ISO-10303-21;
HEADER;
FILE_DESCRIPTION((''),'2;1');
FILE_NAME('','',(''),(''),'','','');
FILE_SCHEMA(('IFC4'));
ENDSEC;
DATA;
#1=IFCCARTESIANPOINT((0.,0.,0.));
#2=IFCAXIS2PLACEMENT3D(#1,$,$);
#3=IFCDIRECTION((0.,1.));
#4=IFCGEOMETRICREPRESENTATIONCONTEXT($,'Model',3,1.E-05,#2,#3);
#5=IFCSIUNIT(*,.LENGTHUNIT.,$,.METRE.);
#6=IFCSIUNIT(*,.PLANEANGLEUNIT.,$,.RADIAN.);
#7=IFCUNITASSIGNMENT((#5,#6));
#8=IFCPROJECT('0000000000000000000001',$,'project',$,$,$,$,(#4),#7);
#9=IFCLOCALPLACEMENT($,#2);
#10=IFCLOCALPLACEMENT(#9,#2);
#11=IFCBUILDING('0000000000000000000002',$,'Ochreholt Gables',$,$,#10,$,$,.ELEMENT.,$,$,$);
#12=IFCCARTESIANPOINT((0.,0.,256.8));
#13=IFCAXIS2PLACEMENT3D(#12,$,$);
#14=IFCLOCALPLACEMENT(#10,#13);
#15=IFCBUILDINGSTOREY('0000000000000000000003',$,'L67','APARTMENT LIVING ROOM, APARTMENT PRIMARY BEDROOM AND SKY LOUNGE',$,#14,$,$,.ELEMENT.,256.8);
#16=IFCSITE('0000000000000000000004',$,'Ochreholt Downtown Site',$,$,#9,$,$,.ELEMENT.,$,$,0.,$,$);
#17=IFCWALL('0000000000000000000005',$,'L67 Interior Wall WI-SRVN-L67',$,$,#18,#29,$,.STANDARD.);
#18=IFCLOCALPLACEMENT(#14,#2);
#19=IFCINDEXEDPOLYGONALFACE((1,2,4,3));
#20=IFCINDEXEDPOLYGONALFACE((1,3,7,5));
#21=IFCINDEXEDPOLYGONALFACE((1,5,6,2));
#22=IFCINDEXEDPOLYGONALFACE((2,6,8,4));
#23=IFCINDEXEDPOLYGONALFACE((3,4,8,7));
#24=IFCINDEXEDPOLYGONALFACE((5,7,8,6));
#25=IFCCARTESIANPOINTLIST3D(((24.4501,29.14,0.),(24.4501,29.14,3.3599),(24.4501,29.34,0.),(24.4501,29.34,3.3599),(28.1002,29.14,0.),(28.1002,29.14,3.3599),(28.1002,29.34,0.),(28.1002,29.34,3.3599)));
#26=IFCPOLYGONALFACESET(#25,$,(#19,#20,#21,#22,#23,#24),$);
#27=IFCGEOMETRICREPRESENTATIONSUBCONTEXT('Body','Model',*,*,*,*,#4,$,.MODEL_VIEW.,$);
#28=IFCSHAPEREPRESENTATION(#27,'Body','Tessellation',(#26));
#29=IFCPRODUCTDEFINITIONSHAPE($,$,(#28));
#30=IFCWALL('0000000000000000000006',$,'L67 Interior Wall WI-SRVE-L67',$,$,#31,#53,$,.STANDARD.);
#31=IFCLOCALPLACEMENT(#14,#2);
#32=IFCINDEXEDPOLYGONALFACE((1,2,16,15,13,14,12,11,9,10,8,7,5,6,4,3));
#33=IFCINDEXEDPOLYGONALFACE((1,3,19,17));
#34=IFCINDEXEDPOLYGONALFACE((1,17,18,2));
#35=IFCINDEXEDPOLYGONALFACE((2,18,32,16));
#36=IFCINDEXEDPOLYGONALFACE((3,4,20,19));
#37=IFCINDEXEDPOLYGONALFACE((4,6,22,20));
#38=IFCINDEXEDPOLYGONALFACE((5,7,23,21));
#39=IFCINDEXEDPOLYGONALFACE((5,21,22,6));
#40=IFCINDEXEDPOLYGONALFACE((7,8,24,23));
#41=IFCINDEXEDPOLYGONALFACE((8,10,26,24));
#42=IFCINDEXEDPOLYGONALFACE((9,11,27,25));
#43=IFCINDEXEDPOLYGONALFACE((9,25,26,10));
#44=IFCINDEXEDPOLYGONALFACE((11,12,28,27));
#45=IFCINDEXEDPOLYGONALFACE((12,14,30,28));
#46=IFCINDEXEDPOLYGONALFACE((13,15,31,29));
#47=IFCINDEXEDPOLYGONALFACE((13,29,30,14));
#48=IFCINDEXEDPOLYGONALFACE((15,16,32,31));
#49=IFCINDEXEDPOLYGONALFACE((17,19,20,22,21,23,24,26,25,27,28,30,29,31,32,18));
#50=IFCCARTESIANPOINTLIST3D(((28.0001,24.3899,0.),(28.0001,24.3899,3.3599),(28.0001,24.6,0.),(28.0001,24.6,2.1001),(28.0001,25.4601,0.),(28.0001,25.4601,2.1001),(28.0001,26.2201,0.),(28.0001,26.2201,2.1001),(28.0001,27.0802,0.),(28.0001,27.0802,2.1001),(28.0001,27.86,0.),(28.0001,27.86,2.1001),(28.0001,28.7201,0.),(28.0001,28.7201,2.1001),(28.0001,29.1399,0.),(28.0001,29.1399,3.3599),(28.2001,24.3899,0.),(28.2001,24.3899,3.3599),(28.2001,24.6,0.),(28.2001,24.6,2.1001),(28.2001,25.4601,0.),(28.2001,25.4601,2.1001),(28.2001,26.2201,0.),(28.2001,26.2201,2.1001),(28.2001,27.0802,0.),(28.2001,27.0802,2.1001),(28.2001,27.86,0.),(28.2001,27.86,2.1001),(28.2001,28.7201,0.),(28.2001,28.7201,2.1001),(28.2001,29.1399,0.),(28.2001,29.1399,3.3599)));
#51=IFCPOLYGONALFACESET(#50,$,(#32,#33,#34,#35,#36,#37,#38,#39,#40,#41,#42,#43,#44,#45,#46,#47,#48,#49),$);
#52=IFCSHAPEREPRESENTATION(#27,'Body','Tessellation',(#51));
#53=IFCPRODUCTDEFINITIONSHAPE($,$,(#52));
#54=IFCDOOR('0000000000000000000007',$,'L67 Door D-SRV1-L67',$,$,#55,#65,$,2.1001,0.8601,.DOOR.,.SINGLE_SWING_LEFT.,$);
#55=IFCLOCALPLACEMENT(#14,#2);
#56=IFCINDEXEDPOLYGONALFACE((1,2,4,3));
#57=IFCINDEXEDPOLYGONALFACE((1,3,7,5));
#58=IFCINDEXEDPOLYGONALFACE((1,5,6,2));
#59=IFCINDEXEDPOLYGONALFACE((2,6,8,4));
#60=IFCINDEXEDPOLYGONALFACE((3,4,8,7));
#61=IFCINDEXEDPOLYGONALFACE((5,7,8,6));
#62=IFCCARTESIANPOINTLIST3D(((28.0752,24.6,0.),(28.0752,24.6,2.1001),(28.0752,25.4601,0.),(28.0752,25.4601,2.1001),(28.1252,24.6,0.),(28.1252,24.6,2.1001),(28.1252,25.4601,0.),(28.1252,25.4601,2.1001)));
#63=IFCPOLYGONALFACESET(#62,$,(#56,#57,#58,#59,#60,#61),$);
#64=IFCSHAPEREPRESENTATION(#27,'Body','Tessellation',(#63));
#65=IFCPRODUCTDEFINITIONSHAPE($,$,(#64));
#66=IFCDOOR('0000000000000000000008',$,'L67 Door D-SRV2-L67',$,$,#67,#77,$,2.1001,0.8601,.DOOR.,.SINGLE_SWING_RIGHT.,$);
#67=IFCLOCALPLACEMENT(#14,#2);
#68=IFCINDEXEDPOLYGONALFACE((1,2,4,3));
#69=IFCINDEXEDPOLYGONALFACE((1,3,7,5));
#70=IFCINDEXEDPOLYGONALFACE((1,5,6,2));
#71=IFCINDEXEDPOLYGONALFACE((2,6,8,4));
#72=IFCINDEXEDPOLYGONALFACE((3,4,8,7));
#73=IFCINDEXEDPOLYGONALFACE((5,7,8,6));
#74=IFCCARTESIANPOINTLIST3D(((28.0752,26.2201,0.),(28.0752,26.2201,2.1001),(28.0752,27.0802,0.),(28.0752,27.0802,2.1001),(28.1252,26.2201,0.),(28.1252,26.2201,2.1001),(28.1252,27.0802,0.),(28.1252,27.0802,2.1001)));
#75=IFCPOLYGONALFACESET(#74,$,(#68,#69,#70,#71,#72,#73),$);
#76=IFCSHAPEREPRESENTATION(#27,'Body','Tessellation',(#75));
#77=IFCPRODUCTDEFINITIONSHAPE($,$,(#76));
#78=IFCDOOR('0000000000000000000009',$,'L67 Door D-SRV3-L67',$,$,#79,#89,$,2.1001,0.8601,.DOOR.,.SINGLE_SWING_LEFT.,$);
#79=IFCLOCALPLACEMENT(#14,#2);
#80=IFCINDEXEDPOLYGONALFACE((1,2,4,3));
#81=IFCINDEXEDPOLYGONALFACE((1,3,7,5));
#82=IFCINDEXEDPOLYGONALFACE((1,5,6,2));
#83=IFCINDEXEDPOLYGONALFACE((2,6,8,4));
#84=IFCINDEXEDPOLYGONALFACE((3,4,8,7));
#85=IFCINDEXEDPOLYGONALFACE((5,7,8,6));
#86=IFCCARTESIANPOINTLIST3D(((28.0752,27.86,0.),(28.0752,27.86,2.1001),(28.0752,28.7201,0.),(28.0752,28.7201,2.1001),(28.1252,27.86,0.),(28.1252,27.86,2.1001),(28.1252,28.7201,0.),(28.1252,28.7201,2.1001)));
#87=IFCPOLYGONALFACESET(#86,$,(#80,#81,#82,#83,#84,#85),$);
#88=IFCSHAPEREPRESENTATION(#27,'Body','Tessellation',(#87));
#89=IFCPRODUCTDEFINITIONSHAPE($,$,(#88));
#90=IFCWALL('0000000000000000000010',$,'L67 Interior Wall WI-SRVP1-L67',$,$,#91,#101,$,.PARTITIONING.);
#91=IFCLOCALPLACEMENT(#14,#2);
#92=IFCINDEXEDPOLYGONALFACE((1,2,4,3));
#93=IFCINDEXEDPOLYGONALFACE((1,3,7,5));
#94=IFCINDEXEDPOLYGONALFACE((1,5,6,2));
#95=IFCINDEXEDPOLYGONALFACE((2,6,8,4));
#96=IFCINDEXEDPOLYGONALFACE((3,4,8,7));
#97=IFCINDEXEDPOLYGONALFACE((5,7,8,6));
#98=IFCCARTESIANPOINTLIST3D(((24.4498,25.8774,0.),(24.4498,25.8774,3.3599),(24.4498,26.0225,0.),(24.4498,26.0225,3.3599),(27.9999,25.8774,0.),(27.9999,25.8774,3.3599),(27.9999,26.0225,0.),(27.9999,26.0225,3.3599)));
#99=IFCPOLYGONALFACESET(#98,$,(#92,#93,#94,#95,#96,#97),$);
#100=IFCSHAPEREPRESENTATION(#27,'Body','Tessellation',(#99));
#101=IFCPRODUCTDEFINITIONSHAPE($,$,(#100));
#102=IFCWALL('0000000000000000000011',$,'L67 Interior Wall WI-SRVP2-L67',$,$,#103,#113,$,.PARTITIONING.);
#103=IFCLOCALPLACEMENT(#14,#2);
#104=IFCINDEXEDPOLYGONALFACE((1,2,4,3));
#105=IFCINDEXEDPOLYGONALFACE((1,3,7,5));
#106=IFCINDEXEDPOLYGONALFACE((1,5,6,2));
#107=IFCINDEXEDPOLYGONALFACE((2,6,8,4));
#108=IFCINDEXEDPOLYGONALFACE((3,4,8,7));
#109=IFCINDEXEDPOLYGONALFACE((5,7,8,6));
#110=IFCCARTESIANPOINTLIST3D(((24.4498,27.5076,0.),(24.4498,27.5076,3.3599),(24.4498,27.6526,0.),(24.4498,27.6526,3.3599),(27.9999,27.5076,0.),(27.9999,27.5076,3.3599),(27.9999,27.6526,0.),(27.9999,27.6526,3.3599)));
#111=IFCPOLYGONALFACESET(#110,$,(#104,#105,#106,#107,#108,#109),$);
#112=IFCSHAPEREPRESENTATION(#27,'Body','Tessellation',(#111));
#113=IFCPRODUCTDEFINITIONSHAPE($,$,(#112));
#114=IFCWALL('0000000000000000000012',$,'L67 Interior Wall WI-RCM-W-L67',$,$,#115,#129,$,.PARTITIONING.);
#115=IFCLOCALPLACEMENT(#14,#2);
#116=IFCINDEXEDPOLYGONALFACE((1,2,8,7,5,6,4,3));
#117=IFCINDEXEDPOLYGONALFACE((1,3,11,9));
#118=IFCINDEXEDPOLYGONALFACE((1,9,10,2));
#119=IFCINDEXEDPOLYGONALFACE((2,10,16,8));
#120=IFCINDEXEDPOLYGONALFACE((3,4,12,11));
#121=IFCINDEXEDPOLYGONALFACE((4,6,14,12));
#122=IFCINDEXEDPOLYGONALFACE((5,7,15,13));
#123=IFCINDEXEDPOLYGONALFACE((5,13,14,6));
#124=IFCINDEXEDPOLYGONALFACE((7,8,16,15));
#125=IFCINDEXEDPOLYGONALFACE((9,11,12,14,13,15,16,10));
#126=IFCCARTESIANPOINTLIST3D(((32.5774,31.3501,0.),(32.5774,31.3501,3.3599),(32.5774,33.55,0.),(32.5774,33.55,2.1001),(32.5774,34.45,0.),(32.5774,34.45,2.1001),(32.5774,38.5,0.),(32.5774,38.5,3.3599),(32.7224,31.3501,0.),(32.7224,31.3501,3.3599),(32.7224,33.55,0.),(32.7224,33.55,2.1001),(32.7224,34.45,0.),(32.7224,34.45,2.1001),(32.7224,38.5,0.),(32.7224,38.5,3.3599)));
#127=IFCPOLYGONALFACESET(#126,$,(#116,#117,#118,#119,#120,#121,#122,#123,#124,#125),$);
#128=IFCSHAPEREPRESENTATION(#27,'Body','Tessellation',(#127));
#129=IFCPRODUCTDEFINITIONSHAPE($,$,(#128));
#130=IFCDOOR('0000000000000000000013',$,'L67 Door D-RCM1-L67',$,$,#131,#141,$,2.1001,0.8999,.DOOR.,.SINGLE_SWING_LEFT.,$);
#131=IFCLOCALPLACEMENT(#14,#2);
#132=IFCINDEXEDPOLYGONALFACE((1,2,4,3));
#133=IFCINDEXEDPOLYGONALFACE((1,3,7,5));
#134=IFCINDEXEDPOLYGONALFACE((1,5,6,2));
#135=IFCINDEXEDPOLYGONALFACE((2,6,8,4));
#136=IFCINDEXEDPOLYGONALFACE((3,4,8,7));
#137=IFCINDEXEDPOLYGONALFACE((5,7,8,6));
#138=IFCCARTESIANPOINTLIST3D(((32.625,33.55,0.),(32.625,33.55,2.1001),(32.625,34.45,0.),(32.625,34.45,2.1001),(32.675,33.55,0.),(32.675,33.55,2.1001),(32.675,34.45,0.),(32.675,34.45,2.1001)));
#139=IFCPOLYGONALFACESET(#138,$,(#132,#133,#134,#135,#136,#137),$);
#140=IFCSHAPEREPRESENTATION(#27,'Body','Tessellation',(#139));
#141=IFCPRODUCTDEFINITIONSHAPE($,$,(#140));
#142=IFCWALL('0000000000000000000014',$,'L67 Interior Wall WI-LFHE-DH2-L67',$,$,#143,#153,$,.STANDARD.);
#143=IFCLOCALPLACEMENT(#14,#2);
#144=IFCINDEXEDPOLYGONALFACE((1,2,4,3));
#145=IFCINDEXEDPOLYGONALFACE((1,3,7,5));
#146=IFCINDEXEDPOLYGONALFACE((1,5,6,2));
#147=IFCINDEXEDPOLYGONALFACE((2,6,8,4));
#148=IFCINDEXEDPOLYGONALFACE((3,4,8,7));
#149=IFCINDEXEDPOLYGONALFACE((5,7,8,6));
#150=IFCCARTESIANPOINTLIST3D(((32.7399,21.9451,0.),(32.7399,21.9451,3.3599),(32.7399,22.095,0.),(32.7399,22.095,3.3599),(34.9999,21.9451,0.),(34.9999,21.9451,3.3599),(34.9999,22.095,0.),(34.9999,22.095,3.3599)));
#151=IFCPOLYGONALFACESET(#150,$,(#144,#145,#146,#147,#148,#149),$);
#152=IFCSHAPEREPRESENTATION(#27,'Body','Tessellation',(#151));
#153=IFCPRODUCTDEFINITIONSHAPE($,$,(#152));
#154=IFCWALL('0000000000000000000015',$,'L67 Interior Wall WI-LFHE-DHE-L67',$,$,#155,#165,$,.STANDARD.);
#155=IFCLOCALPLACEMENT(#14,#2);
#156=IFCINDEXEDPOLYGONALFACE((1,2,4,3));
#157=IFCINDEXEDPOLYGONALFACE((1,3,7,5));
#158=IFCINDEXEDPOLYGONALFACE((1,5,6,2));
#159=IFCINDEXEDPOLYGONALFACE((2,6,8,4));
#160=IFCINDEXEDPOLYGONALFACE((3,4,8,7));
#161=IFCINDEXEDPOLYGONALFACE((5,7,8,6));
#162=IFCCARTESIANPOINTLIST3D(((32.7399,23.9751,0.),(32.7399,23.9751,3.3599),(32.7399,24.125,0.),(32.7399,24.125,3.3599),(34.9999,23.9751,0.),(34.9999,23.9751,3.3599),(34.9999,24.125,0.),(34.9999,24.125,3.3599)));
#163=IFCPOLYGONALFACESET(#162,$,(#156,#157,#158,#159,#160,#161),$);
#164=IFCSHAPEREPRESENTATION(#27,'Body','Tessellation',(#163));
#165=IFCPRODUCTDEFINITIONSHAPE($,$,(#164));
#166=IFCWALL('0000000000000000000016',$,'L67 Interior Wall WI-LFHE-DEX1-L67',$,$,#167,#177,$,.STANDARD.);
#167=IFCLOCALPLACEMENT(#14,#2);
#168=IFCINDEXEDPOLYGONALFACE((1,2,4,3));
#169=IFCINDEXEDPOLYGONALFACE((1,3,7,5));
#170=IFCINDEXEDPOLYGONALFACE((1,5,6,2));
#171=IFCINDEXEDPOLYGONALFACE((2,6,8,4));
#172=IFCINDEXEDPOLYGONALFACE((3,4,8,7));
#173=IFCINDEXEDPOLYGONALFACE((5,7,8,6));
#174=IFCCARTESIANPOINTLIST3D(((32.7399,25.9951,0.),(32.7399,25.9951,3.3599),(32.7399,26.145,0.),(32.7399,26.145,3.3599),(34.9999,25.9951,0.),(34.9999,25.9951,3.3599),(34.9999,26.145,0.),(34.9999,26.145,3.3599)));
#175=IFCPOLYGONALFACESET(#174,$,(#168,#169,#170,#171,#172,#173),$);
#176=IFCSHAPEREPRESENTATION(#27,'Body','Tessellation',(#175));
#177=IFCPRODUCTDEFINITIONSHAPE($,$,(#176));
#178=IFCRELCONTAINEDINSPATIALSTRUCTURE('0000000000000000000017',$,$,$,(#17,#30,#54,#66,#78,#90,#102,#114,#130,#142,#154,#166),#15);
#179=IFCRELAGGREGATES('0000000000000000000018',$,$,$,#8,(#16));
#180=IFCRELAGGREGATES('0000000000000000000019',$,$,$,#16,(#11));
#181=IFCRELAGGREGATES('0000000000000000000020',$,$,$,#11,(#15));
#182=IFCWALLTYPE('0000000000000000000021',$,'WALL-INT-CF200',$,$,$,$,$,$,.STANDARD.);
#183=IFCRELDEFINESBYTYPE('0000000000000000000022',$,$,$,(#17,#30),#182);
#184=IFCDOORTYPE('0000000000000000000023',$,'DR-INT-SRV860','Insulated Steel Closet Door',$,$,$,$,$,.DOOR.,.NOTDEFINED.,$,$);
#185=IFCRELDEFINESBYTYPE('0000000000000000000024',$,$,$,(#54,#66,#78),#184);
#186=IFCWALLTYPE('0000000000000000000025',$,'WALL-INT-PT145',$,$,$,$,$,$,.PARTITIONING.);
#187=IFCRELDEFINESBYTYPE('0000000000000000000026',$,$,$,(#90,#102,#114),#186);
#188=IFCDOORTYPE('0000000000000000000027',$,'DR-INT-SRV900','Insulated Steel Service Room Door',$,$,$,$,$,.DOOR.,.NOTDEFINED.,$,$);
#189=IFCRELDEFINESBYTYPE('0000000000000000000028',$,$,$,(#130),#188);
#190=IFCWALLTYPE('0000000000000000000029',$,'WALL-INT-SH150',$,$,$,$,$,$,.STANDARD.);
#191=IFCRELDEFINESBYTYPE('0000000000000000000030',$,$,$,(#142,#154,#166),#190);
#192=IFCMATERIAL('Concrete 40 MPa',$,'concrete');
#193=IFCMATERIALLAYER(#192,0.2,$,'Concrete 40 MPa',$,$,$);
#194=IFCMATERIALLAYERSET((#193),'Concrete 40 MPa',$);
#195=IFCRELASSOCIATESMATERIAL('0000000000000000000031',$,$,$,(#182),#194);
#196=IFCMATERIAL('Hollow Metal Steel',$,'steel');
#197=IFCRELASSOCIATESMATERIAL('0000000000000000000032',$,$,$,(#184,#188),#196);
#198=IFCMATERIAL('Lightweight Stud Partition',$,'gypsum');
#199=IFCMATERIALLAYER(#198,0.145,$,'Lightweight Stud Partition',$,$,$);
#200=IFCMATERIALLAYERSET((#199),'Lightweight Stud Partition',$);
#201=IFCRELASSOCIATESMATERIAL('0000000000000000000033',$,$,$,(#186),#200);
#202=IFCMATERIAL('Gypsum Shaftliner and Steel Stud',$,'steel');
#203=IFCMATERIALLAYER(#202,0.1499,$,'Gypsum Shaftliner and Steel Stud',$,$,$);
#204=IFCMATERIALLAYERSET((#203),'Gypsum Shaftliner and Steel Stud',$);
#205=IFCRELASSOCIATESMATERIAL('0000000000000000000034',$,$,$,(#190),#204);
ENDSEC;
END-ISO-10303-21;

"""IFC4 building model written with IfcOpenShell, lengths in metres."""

from ifc_helpers import new_model, si_unit, direction, frame, frame_2d, origin, place, context, subcontext, project, spatial, rectangle, extrude, material, layer, layer_set, type_object, element, fill, save


model = new_model("IFC4")

# Units and contexts
model_context = context("Model", 3, precision=1e-05, world=origin(), true_north=direction((0.0, 1.0)))
body_context = subcontext(model_context, "Body", "Model", "MODEL_VIEW")
ifc_project = project(units=[si_unit("LENGTHUNIT", "METRE"), si_unit("PLANEANGLEUNIT", "RADIAN")], contexts=[model_context])

# Site, building, storey
site_placement = place(None, origin())
site = spatial("IfcSite", under=ifc_project, at=site_placement, Name="Ochreholt Downtown Site", CompositionType="ELEMENT", RefElevation=0.0)
building_placement = place(site_placement, origin())
building = spatial("IfcBuilding", under=site, at=building_placement, Name="Ochreholt Gables", CompositionType="ELEMENT")
storey_placement = place(building_placement, frame((0.0, 0.0, 256.8)))
storey = spatial("IfcBuildingStorey", under=building, at=storey_placement, Name="L67", Description="APARTMENT LIVING ROOM, APARTMENT PRIMARY BEDROOM AND SKY LOUNGE", CompositionType="ELEMENT", Elevation=256.8)

# Shared definitions
ifc_material_1 = material(Name="Concrete 40 MPa", Category="concrete")
ifc_layer_1 = layer(ifc_material_1, 0.2, Name="Concrete 40 MPa")
ifc_layer_set_1 = layer_set([ifc_layer_1], Name="Concrete 40 MPa")
wall_type_1 = type_object("IfcWallType", Name="WALL-INT-CF200", PredefinedType="STANDARD", material=ifc_layer_set_1)

# Wall
wall_1_placement = place(storey_placement, frame((24.45, 29.24, 0.0), z_axis=(0.0, 0.0, 1.0), x_axis=(1.0, 0.0, 0.0)))
element("IfcWall", 1, at=wall_1_placement, inside=storey, type_object=wall_type_1, Name="L67 Interior Wall WI-SRVN-L67", PredefinedType="STANDARD", context=body_context, shape_type="SweptSolid", body=[
    extrude(rectangle(XDim=3.6501, YDim=0.2, at=frame_2d((1.8252, 0.0))), origin(), (0.0, 0.0, 1.0), 3.3599),
])

# Wall, openings, doors
wall_2_placement = place(storey_placement, frame((28.1001, 24.3899, 0.0), z_axis=(0.0, 0.0, 1.0), x_axis=(0.0, 1.0, 0.0)))
wall_2 = element("IfcWall", 2, at=wall_2_placement, inside=storey, type_object=wall_type_1, Name="L67 Interior Wall WI-SRVE-L67", PredefinedType="STANDARD", context=body_context, shape_type="SweptSolid", body=[
    extrude(rectangle(XDim=4.75, YDim=0.2, at=frame_2d((2.375, 0.0))), origin(), (0.0, 0.0, 1.0), 3.3599),
])
opening_1_placement = place(wall_2_placement, frame((0.21, 0.0, 0.0)))
opening_1 = element("IfcOpeningElement", 3, at=opening_1_placement, cuts=wall_2, PredefinedType="OPENING", context=body_context, shape_type="SweptSolid", body=[
    extrude(rectangle(XDim=0.8601, YDim=2.1001, at=frame_2d((0.4302, 1.05))), frame((0.0, 0.1099, 0.0), z_axis=(0.0, -1.0, 0.0), x_axis=(1.0, 0.0, 0.0)), (0.0, 0.0, 1.0), 0.22),
])
opening_2_placement = place(wall_2_placement, frame((1.8301, 0.0, 0.0)))
opening_2 = element("IfcOpeningElement", 4, at=opening_2_placement, cuts=wall_2, PredefinedType="OPENING", context=body_context, shape_type="SweptSolid", body=[
    extrude(rectangle(XDim=0.8601, YDim=2.1001, at=frame_2d((0.4302, 1.05))), frame((0.0, 0.1099, 0.0), z_axis=(0.0, -1.0, 0.0), x_axis=(1.0, 0.0, 0.0)), (0.0, 0.0, 1.0), 0.22),
])
opening_3_placement = place(wall_2_placement, frame((3.47, 0.0, 0.0)))
opening_3 = element("IfcOpeningElement", 5, at=opening_3_placement, cuts=wall_2, PredefinedType="OPENING", context=body_context, shape_type="SweptSolid", body=[
    extrude(rectangle(XDim=0.8601, YDim=2.1001, at=frame_2d((0.4302, 1.05))), frame((0.0, 0.1099, 0.0), z_axis=(0.0, -1.0, 0.0), x_axis=(1.0, 0.0, 0.0)), (0.0, 0.0, 1.0), 0.22),
])
ifc_material_2 = material(Name="Hollow Metal Steel", Category="steel")
door_type_1 = type_object("IfcDoorType", Name="DR-INT-SRV860", Description="Insulated Steel Closet Door", OperationType="NOTDEFINED", PredefinedType="DOOR", material=ifc_material_2)
door_1_placement = place(opening_1_placement, origin())
door_1 = element("IfcDoor", 6, at=door_1_placement, inside=storey, type_object=door_type_1, Name="L67 Door D-SRV1-L67", OperationType="SINGLE_SWING_LEFT", OverallHeight=2.1001, OverallWidth=0.8601, PredefinedType="DOOR", context=body_context, shape_type="SweptSolid", body=[
    extrude(rectangle(XDim=0.8601, YDim=2.1001, at=frame_2d((0.4302, 1.05))), frame((0.0, 0.0249, 0.0), z_axis=(0.0, -1.0, 0.0), x_axis=(1.0, 0.0, 0.0)), (0.0, 0.0, 1.0), 0.05),
])
fill(opening_1, door_1)
door_2_placement = place(opening_2_placement, origin())
door_2 = element("IfcDoor", 7, at=door_2_placement, inside=storey, type_object=door_type_1, Name="L67 Door D-SRV2-L67", OperationType="SINGLE_SWING_RIGHT", OverallHeight=2.1001, OverallWidth=0.8601, PredefinedType="DOOR", context=body_context, shape_type="SweptSolid", body=[
    extrude(rectangle(XDim=0.8601, YDim=2.1001, at=frame_2d((0.4302, 1.05))), frame((0.0, 0.0249, 0.0), z_axis=(0.0, -1.0, 0.0), x_axis=(1.0, 0.0, 0.0)), (0.0, 0.0, 1.0), 0.05),
])
fill(opening_2, door_2)
door_3_placement = place(opening_3_placement, origin())
door_3 = element("IfcDoor", 8, at=door_3_placement, inside=storey, type_object=door_type_1, Name="L67 Door D-SRV3-L67", OperationType="SINGLE_SWING_LEFT", OverallHeight=2.1001, OverallWidth=0.8601, PredefinedType="DOOR", context=body_context, shape_type="SweptSolid", body=[
    extrude(rectangle(XDim=0.8601, YDim=2.1001, at=frame_2d((0.4302, 1.05))), frame((0.0, 0.0249, 0.0), z_axis=(0.0, -1.0, 0.0), x_axis=(1.0, 0.0, 0.0)), (0.0, 0.0, 1.0), 0.05),
])
fill(opening_3, door_3)

# Walls
ifc_material_3 = material(Name="Lightweight Stud Partition", Category="gypsum")
ifc_layer_2 = layer(ifc_material_3, 0.145, Name="Lightweight Stud Partition")
ifc_layer_set_2 = layer_set([ifc_layer_2], Name="Lightweight Stud Partition")
wall_type_2 = type_object("IfcWallType", Name="WALL-INT-PT145", PredefinedType="PARTITIONING", material=ifc_layer_set_2)
for number, where, z_axis, x_axis, name in (
    (9, (24.45, 25.95, 0.0), (0.0, 0.0, 1.0), (1.0, 0.0, 0.0), "L67 Interior Wall WI-SRVP1-L67"),
    (10, (24.45, 27.5801, 0.0), (0.0, 0.0, 1.0), (1.0, 0.0, 0.0), "L67 Interior Wall WI-SRVP2-L67"),
):
    element("IfcWall", number, at=place(storey_placement, frame(where, z_axis=z_axis, x_axis=x_axis)), inside=storey, type_object=wall_type_2, Name=name, PredefinedType="PARTITIONING", context=body_context, shape_type="SweptSolid", body=[
        extrude(rectangle(XDim=3.55, YDim=0.145, at=frame_2d((1.7749, 0.0))), origin(), (0.0, 0.0, 1.0), 3.3599),
    ])

# Wall, opening, door
wall_3_placement = place(storey_placement, frame((32.6499, 31.3501, 0.0), z_axis=(0.0, 0.0, 1.0), x_axis=(0.0, 1.0, 0.0)))
wall_3 = element("IfcWall", 11, at=wall_3_placement, inside=storey, type_object=wall_type_2, Name="L67 Interior Wall WI-RCM-W-L67", PredefinedType="PARTITIONING", context=body_context, shape_type="SweptSolid", body=[
    extrude(rectangle(XDim=7.1499, YDim=0.145, at=frame_2d((3.575, 0.0))), origin(), (0.0, 0.0, 1.0), 3.3599),
])
opening_4_placement = place(wall_3_placement, frame((2.2, 0.0, 0.0)))
opening_4 = element("IfcOpeningElement", 12, at=opening_4_placement, cuts=wall_3, PredefinedType="OPENING", context=body_context, shape_type="SweptSolid", body=[
    extrude(rectangle(XDim=0.8999, YDim=2.1001, at=frame_2d((0.45, 1.05))), frame((0.0, 0.0825, 0.0), z_axis=(0.0, -1.0, 0.0), x_axis=(1.0, 0.0, 0.0)), (0.0, 0.0, 1.0), 0.165),
])
door_type_2 = type_object("IfcDoorType", Name="DR-INT-SRV900", Description="Insulated Steel Service Room Door", OperationType="NOTDEFINED", PredefinedType="DOOR", material=ifc_material_2)
door_4_placement = place(opening_4_placement, origin())
door_4 = element("IfcDoor", 13, at=door_4_placement, inside=storey, type_object=door_type_2, Name="L67 Door D-RCM1-L67", OperationType="SINGLE_SWING_LEFT", OverallHeight=2.1001, OverallWidth=0.8999, PredefinedType="DOOR", context=body_context, shape_type="SweptSolid", body=[
    extrude(rectangle(XDim=0.8999, YDim=2.1001, at=frame_2d((0.45, 1.05))), frame((0.0, 0.0249, 0.0), z_axis=(0.0, -1.0, 0.0), x_axis=(1.0, 0.0, 0.0)), (0.0, 0.0, 1.0), 0.05),
])
fill(opening_4, door_4)

# Walls
ifc_material_4 = material(Name="Gypsum Shaftliner and Steel Stud", Category="steel")
ifc_layer_3 = layer(ifc_material_4, 0.1499, Name="Gypsum Shaftliner and Steel Stud")
ifc_layer_set_3 = layer_set([ifc_layer_3], Name="Gypsum Shaftliner and Steel Stud")
wall_type_3 = type_object("IfcWallType", Name="WALL-INT-SH150", PredefinedType="STANDARD", material=ifc_layer_set_3)
for number, where, z_axis, x_axis, name in (
    (14, (32.74, 22.02, 0.0), (0.0, 0.0, 1.0), (1.0, 0.0, 0.0), "L67 Interior Wall WI-LFHE-DH2-L67"),
    (15, (32.74, 24.05, 0.0), (0.0, 0.0, 1.0), (1.0, 0.0, 0.0), "L67 Interior Wall WI-LFHE-DHE-L67"),
    (16, (32.74, 26.0701, 0.0), (0.0, 0.0, 1.0), (1.0, 0.0, 0.0), "L67 Interior Wall WI-LFHE-DEX1-L67"),
):
    element("IfcWall", number, at=place(storey_placement, frame(where, z_axis=z_axis, x_axis=x_axis)), inside=storey, type_object=wall_type_3, Name=name, PredefinedType="STANDARD", context=body_context, shape_type="SweptSolid", body=[
        extrude(rectangle(XDim=2.26, YDim=0.1499, at=frame_2d((1.1299, 0.0))), origin(), (0.0, 0.0, 1.0), 3.3599),
    ])

save(model, "model.ifc")
